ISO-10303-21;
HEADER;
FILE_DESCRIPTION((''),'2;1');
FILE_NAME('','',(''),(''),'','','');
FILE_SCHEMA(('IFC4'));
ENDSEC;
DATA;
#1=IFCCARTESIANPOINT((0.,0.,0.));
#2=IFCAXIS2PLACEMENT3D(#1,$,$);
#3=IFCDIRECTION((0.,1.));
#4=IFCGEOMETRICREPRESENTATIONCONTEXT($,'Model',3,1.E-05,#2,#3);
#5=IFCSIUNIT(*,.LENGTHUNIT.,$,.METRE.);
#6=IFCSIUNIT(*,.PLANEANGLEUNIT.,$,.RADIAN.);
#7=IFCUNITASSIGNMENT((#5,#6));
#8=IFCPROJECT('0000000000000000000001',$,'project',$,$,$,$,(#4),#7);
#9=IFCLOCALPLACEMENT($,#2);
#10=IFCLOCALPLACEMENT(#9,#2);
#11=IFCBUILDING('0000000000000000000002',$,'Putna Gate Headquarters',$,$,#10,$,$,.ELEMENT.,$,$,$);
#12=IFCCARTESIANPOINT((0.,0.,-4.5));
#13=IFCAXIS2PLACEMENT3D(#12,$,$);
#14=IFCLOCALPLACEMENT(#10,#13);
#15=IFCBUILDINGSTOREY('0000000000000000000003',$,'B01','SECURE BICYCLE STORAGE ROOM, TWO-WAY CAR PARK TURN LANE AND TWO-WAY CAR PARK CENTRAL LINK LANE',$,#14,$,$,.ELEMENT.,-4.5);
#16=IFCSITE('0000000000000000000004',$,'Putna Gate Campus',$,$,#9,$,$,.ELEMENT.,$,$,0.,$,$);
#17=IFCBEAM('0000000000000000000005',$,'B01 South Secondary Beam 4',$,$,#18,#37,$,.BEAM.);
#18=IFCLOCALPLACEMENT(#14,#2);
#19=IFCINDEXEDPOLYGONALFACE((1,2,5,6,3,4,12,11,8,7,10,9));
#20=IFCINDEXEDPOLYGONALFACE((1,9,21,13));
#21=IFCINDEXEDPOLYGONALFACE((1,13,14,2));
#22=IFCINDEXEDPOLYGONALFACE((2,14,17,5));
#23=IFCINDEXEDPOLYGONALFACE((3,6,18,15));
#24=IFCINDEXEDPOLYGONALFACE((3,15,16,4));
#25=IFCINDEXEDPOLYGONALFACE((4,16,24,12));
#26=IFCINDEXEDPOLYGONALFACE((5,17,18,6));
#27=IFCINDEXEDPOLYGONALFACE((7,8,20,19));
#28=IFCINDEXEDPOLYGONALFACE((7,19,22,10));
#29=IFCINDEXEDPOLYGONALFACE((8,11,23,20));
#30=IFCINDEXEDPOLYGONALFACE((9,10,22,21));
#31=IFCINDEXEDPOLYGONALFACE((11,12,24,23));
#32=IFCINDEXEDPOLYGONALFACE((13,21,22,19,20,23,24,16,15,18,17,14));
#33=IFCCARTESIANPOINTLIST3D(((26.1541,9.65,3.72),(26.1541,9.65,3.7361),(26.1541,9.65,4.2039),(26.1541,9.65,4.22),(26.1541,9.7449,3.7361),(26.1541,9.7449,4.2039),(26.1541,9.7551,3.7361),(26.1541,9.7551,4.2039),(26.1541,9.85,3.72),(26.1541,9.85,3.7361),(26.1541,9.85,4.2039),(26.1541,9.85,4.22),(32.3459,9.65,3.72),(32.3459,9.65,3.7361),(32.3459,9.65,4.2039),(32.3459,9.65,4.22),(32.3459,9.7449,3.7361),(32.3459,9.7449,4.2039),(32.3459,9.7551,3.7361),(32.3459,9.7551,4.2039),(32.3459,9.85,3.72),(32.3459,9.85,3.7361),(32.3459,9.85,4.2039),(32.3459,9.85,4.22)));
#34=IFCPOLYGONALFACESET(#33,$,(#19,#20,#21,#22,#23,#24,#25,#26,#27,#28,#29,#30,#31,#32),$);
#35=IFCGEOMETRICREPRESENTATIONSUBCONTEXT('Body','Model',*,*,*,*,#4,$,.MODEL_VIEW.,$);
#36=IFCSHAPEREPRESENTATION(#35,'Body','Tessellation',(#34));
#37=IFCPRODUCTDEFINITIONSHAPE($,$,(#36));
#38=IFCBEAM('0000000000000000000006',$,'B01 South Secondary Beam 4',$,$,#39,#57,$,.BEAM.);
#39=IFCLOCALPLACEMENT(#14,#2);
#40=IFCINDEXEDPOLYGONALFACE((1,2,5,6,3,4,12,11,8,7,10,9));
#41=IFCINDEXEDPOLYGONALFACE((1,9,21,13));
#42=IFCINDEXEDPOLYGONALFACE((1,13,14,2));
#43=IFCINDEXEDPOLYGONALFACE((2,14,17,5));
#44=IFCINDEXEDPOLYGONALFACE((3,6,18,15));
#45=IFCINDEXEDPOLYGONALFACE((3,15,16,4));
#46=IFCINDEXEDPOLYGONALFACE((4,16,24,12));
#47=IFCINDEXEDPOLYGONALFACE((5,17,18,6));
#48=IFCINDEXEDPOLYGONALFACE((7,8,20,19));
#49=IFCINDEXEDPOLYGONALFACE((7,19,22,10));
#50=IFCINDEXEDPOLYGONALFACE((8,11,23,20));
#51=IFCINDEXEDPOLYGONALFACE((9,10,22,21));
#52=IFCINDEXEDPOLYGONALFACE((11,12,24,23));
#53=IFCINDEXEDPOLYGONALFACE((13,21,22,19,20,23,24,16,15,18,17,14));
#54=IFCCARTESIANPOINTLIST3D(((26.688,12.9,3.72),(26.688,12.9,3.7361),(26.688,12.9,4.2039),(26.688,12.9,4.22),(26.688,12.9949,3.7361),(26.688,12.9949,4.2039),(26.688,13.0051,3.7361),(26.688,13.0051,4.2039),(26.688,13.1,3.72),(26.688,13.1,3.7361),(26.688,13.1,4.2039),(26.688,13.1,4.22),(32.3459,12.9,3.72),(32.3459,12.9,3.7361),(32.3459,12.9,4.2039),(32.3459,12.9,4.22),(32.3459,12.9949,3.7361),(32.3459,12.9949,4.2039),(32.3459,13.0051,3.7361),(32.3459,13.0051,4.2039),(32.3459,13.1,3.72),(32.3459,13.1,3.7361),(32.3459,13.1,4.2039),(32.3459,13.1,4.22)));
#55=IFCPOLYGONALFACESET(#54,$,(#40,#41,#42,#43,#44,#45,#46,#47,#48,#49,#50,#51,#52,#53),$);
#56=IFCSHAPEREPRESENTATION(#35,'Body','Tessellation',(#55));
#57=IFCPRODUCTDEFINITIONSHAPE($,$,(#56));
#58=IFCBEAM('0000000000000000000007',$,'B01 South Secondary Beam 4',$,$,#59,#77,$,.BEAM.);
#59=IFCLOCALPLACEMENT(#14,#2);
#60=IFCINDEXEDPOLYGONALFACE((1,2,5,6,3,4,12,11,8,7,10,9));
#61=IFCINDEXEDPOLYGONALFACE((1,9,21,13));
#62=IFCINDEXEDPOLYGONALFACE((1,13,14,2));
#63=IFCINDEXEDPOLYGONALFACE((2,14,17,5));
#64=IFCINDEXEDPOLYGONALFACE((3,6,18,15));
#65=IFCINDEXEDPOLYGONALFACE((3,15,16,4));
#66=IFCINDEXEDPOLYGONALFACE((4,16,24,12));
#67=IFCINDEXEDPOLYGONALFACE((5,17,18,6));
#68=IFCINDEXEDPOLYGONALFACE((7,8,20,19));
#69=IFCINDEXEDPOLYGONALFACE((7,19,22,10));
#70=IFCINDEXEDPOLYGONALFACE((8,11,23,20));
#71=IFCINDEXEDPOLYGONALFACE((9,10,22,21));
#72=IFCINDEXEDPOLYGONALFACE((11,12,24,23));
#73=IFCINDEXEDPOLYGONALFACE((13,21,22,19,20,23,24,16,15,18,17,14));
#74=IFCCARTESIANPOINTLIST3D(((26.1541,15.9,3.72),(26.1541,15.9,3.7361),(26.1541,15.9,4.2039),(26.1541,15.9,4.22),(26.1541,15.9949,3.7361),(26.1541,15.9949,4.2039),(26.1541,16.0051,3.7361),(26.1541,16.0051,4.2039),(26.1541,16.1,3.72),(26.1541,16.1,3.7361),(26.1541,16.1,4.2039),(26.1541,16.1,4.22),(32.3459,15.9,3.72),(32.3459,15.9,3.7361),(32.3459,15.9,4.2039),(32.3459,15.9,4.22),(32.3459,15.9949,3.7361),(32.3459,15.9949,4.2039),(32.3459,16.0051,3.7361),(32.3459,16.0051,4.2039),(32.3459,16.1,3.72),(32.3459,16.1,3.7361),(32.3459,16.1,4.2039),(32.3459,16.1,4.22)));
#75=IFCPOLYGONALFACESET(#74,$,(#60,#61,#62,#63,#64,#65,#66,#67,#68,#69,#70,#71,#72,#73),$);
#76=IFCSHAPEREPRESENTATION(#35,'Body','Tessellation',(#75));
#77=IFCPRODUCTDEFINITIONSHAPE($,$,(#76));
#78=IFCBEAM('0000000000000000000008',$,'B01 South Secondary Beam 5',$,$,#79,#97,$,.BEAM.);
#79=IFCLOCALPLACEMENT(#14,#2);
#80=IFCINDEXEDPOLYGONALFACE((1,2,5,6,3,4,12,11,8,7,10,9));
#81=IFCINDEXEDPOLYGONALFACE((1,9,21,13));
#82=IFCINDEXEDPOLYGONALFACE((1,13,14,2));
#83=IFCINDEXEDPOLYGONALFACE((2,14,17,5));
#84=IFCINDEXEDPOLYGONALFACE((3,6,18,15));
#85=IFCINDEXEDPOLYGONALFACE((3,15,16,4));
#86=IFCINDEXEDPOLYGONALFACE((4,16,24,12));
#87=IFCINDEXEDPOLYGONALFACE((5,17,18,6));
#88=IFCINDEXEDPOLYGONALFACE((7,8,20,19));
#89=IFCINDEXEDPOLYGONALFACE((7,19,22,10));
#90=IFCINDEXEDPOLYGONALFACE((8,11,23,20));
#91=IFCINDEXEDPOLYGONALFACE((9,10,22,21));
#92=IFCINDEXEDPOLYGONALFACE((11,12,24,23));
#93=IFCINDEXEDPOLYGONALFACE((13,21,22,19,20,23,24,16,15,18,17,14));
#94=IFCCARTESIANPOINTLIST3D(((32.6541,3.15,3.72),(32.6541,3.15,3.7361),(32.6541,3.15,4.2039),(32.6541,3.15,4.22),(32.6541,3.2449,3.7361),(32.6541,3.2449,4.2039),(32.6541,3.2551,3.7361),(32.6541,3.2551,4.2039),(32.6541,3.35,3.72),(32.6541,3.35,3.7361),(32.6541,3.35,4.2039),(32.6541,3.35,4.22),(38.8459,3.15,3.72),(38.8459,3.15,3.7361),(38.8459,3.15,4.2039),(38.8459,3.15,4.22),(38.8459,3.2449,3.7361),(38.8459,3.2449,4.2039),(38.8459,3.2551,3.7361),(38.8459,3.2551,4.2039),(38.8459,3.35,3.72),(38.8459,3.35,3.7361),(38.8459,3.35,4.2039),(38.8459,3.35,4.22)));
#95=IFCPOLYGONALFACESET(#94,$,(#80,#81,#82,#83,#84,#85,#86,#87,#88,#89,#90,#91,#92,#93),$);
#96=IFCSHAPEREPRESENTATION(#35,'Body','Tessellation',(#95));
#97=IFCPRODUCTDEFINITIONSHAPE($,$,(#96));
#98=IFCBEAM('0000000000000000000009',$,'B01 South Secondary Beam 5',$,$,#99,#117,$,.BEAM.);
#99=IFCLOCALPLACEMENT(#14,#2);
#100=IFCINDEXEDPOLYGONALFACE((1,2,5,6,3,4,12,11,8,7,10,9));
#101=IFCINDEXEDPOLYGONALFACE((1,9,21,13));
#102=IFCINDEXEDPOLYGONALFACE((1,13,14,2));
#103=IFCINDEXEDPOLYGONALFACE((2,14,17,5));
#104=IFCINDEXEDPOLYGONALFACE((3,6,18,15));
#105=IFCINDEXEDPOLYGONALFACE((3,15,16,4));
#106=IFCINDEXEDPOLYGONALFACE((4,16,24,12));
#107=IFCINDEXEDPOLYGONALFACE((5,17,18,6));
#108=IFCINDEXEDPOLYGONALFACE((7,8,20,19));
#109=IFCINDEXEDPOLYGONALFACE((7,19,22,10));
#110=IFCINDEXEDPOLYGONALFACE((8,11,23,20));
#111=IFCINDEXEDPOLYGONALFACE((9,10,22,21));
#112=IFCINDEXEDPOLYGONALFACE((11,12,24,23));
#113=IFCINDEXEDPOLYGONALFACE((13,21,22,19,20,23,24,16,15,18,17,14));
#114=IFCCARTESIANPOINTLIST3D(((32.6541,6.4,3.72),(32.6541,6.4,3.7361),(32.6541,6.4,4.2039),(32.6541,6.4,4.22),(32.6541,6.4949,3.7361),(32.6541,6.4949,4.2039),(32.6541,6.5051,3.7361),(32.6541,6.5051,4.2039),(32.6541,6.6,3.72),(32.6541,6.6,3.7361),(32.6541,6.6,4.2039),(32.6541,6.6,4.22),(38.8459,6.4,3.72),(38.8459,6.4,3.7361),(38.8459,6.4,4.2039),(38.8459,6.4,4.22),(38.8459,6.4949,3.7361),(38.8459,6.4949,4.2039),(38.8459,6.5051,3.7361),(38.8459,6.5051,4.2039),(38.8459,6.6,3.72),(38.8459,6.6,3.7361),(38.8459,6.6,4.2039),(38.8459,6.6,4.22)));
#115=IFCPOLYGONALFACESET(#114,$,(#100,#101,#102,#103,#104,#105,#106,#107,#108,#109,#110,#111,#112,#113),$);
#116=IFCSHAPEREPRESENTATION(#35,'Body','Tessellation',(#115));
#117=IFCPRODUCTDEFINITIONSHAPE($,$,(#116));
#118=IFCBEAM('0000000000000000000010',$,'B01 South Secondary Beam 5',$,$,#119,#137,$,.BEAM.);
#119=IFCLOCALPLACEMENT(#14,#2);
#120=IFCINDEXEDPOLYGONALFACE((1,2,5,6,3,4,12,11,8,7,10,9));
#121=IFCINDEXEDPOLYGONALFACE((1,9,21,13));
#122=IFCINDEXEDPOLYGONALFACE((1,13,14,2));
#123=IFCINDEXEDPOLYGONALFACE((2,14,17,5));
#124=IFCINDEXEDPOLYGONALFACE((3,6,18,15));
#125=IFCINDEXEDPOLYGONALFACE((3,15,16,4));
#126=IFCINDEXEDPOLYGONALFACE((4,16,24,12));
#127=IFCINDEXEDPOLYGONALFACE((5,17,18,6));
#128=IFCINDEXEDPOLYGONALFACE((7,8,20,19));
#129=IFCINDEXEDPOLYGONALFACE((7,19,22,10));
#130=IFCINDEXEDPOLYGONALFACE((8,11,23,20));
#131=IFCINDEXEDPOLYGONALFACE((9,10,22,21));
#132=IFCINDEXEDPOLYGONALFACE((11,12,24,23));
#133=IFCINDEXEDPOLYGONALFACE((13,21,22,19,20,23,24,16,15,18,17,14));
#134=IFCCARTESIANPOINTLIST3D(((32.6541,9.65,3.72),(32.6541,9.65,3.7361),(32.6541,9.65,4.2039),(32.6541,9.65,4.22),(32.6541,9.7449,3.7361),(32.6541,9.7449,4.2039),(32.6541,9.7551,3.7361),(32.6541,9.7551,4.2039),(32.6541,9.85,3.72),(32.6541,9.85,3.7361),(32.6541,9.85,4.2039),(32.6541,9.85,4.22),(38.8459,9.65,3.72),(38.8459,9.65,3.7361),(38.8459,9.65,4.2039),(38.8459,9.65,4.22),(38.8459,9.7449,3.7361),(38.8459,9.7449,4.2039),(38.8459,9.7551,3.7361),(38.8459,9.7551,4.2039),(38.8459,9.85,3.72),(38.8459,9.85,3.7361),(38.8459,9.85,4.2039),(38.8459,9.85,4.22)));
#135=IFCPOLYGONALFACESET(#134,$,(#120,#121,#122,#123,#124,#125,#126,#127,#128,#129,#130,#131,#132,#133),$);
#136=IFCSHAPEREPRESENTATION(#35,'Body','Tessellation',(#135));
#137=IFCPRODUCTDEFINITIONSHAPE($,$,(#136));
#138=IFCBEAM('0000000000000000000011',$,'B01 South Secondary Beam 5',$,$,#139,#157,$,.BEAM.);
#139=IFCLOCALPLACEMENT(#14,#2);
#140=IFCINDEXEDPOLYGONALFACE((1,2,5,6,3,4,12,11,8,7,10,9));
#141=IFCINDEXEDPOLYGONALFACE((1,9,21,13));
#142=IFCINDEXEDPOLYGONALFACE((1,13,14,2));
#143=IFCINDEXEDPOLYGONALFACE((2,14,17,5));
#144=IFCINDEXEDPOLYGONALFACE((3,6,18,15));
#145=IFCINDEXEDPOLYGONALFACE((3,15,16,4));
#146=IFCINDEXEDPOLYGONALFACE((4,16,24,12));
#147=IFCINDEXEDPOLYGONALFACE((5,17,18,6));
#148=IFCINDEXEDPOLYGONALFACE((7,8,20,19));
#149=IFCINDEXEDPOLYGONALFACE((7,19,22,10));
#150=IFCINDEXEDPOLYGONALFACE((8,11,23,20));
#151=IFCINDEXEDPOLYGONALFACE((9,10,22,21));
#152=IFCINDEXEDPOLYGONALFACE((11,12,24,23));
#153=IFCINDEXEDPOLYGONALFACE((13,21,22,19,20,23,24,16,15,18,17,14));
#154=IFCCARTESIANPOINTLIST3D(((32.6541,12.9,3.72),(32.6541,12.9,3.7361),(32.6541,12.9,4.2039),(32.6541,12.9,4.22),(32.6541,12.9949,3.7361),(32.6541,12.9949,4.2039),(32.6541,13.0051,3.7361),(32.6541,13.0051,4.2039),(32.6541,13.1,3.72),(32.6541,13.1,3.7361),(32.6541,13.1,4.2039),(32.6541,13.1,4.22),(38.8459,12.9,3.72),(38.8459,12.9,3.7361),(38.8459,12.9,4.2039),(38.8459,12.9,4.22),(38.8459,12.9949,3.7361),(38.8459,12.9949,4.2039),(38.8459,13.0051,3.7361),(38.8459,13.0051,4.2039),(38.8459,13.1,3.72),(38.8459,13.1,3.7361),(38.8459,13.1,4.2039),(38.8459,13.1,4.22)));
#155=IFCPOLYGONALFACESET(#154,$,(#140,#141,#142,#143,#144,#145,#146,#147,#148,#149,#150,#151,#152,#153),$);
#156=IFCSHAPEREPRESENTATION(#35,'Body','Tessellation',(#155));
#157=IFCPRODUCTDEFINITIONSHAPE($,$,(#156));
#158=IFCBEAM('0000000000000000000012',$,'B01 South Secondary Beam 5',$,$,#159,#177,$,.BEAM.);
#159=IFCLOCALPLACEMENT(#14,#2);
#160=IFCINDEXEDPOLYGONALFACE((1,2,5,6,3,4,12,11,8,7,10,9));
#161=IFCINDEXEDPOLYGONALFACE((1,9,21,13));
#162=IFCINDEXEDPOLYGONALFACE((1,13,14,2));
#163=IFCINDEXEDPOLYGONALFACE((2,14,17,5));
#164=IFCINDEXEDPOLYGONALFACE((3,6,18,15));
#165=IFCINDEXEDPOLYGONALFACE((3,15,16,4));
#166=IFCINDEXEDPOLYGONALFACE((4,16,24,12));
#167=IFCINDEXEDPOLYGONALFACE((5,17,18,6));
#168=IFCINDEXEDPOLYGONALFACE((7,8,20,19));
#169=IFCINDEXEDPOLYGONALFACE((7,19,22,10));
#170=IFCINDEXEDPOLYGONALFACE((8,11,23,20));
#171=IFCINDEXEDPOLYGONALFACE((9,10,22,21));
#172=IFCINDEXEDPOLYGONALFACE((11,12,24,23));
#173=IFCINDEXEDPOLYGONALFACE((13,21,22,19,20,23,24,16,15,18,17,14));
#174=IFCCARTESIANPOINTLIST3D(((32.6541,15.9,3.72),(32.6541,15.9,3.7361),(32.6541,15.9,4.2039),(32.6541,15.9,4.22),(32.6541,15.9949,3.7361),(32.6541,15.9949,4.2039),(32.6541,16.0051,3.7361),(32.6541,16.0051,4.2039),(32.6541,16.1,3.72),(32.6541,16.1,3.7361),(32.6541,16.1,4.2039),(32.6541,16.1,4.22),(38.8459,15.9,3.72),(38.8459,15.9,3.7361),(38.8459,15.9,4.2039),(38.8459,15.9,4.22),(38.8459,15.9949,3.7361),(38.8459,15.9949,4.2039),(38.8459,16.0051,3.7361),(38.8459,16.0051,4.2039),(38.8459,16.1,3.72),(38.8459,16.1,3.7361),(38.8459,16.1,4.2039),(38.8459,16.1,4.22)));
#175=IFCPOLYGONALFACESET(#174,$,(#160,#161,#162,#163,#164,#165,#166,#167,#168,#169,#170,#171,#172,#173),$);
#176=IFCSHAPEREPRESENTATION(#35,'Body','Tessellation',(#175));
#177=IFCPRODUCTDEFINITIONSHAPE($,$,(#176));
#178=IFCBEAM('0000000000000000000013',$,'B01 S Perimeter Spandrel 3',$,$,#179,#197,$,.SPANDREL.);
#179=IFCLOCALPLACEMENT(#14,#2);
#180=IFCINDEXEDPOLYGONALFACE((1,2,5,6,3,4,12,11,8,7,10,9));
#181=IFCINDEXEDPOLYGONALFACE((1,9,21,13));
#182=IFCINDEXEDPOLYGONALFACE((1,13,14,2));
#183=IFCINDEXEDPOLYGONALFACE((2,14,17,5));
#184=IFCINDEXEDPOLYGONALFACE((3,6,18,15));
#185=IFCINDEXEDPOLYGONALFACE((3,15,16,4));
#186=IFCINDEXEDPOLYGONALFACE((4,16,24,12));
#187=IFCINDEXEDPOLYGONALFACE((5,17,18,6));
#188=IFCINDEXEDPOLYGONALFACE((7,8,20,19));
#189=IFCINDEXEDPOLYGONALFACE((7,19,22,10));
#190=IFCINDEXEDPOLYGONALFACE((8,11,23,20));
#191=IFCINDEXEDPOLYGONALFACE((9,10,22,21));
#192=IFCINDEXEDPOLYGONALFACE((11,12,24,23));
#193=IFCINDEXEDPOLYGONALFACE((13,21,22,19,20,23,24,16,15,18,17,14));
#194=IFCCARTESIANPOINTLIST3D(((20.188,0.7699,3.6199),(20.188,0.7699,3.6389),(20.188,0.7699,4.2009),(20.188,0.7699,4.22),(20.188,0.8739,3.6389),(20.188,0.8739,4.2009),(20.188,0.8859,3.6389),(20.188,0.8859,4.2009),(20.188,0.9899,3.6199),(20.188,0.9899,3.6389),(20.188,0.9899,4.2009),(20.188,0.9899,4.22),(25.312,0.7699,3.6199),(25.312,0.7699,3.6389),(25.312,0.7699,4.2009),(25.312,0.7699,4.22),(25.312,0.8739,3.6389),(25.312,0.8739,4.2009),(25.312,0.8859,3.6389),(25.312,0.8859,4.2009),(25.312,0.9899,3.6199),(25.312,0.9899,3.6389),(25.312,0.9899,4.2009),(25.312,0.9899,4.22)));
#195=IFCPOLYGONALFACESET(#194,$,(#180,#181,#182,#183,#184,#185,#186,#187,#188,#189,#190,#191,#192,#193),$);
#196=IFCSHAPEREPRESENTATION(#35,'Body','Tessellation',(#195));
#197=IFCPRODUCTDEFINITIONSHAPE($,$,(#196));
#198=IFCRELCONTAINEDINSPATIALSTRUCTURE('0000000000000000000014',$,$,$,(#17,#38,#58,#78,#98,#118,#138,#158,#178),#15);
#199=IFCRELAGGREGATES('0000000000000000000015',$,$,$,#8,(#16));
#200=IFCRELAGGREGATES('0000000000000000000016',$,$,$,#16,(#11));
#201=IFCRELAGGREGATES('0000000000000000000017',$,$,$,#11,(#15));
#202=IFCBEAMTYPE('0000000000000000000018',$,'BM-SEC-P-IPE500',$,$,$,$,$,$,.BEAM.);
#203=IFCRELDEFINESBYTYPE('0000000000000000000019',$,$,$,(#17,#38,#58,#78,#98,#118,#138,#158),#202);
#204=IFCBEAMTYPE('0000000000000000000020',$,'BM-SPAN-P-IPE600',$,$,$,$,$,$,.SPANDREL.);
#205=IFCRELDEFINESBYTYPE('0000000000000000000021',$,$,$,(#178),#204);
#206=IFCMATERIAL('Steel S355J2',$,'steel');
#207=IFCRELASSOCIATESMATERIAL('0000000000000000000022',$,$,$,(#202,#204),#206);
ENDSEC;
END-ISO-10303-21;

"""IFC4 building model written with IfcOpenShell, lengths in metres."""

from ifc_helpers import new_model, si_unit, direction, frame, origin, origin_2d, place, context, subcontext, project, spatial, i_section, extrude, material, material_profile, profile_set, type_object, element, save


model = new_model("IFC4")

# Units and contexts
model_context = context("Model", 3, precision=1e-05, world=origin(), true_north=direction((0.0, 1.0)))
body_context = subcontext(model_context, "Body", "Model", "MODEL_VIEW")
ifc_project = project(units=[si_unit("LENGTHUNIT", "METRE"), si_unit("PLANEANGLEUNIT", "RADIAN")], contexts=[model_context])

# Site, building, storey
site_placement = place(None, origin())
site = spatial("IfcSite", under=ifc_project, at=site_placement, Name="Putna Gate Campus", CompositionType="ELEMENT", RefElevation=0.0)
building_placement = place(site_placement, origin())
building = spatial("IfcBuilding", under=site, at=building_placement, Name="Putna Gate Headquarters", CompositionType="ELEMENT")
storey_placement = place(building_placement, frame((0.0, 0.0, -4.5)))
storey = spatial("IfcBuildingStorey", under=building, at=storey_placement, Name="B01", Description="SECURE BICYCLE STORAGE ROOM, TWO-WAY CAR PARK TURN LANE AND TWO-WAY CAR PARK CENTRAL LINK LANE", CompositionType="ELEMENT", Elevation=-4.5)

# Beams
ifc_material_1 = material(Name="Steel S355J2", Category="steel")
ifc_material_profile_1 = material_profile(ifc_material_1, i_section(OverallWidth=0.2, OverallDepth=0.5, WebThickness=0.0103, FlangeThickness=0.0161, at=origin_2d()), Name="Steel S355J2")
ifc_profile_set_1 = profile_set([ifc_material_profile_1], Name="Steel S355J2")
beam_type_1 = type_object("IfcBeamType", Name="BM-SEC-P-IPE500", PredefinedType="BEAM", material=ifc_profile_set_1)
for number, where, z_axis, x_axis, name in (
    (1, (26.1541, 9.75, 3.97), (1.0, 0.0, 0.0), (0.0, 1.0, 0.0), "B01 South Secondary Beam 4"),
):
    element("IfcBeam", number, at=place(storey_placement, frame(where, z_axis=z_axis, x_axis=x_axis)), inside=storey, type_object=beam_type_1, Name=name, PredefinedType="BEAM", context=body_context, shape_type="SweptSolid", body=[
        extrude(i_section(OverallWidth=0.2, OverallDepth=0.5, WebThickness=0.0103, FlangeThickness=0.0161, at=origin_2d()), origin(), (0.0, 0.0, 1.0), 6.1919),
    ])
beam_1_placement = place(storey_placement, frame((26.688, 13.0, 3.97), z_axis=(1.0, 0.0, 0.0), x_axis=(0.0, 1.0, 0.0)))
element("IfcBeam", 2, at=beam_1_placement, inside=storey, type_object=beam_type_1, Name="B01 South Secondary Beam 4", PredefinedType="BEAM", context=body_context, shape_type="SweptSolid", body=[
    extrude(i_section(OverallWidth=0.2, OverallDepth=0.5, WebThickness=0.0103, FlangeThickness=0.0161, at=origin_2d()), origin(), (0.0, 0.0, 1.0), 5.658),
])
for number, where, z_axis, x_axis, name in (
    (3, (26.1541, 16.0, 3.97), (1.0, 0.0, 0.0), (0.0, 1.0, 0.0), "B01 South Secondary Beam 4"),
    (4, (32.6541, 3.25, 3.97), (1.0, 0.0, 0.0), (0.0, 1.0, 0.0), "B01 South Secondary Beam 5"),
    (5, (32.6541, 6.5, 3.97), (1.0, 0.0, 0.0), (0.0, 1.0, 0.0), "B01 South Secondary Beam 5"),
    (6, (32.6541, 9.75, 3.97), (1.0, 0.0, 0.0), (0.0, 1.0, 0.0), "B01 South Secondary Beam 5"),
    (7, (32.6541, 13.0, 3.97), (1.0, 0.0, 0.0), (0.0, 1.0, 0.0), "B01 South Secondary Beam 5"),
    (8, (32.6541, 16.0, 3.97), (1.0, 0.0, 0.0), (0.0, 1.0, 0.0), "B01 South Secondary Beam 5"),
):
    element("IfcBeam", number, at=place(storey_placement, frame(where, z_axis=z_axis, x_axis=x_axis)), inside=storey, type_object=beam_type_1, Name=name, PredefinedType="BEAM", context=body_context, shape_type="SweptSolid", body=[
        extrude(i_section(OverallWidth=0.2, OverallDepth=0.5, WebThickness=0.0103, FlangeThickness=0.0161, at=origin_2d()), origin(), (0.0, 0.0, 1.0), 6.1919),
    ])
ifc_material_profile_2 = material_profile(ifc_material_1, i_section(OverallWidth=0.22, OverallDepth=0.6001, WebThickness=0.012, FlangeThickness=0.019, at=origin_2d()), Name="Steel S355J2")
ifc_profile_set_2 = profile_set([ifc_material_profile_2], Name="Steel S355J2")
beam_type_2 = type_object("IfcBeamType", Name="BM-SPAN-P-IPE600", PredefinedType="SPANDREL", material=ifc_profile_set_2)
for number, where, z_axis, x_axis, name in (
    (9, (20.188, 0.8799, 3.9199), (1.0, 0.0, 0.0), (0.0, 1.0, 0.0), "B01 S Perimeter Spandrel 3"),
):
    element("IfcBeam", number, at=place(storey_placement, frame(where, z_axis=z_axis, x_axis=x_axis)), inside=storey, type_object=beam_type_2, Name=name, PredefinedType="SPANDREL", context=body_context, shape_type="SweptSolid", body=[
        extrude(i_section(OverallWidth=0.22, OverallDepth=0.6001, WebThickness=0.012, FlangeThickness=0.019, at=origin_2d()), origin(), (0.0, 0.0, 1.0), 5.124),
    ])

save(model, "model.ifc")
